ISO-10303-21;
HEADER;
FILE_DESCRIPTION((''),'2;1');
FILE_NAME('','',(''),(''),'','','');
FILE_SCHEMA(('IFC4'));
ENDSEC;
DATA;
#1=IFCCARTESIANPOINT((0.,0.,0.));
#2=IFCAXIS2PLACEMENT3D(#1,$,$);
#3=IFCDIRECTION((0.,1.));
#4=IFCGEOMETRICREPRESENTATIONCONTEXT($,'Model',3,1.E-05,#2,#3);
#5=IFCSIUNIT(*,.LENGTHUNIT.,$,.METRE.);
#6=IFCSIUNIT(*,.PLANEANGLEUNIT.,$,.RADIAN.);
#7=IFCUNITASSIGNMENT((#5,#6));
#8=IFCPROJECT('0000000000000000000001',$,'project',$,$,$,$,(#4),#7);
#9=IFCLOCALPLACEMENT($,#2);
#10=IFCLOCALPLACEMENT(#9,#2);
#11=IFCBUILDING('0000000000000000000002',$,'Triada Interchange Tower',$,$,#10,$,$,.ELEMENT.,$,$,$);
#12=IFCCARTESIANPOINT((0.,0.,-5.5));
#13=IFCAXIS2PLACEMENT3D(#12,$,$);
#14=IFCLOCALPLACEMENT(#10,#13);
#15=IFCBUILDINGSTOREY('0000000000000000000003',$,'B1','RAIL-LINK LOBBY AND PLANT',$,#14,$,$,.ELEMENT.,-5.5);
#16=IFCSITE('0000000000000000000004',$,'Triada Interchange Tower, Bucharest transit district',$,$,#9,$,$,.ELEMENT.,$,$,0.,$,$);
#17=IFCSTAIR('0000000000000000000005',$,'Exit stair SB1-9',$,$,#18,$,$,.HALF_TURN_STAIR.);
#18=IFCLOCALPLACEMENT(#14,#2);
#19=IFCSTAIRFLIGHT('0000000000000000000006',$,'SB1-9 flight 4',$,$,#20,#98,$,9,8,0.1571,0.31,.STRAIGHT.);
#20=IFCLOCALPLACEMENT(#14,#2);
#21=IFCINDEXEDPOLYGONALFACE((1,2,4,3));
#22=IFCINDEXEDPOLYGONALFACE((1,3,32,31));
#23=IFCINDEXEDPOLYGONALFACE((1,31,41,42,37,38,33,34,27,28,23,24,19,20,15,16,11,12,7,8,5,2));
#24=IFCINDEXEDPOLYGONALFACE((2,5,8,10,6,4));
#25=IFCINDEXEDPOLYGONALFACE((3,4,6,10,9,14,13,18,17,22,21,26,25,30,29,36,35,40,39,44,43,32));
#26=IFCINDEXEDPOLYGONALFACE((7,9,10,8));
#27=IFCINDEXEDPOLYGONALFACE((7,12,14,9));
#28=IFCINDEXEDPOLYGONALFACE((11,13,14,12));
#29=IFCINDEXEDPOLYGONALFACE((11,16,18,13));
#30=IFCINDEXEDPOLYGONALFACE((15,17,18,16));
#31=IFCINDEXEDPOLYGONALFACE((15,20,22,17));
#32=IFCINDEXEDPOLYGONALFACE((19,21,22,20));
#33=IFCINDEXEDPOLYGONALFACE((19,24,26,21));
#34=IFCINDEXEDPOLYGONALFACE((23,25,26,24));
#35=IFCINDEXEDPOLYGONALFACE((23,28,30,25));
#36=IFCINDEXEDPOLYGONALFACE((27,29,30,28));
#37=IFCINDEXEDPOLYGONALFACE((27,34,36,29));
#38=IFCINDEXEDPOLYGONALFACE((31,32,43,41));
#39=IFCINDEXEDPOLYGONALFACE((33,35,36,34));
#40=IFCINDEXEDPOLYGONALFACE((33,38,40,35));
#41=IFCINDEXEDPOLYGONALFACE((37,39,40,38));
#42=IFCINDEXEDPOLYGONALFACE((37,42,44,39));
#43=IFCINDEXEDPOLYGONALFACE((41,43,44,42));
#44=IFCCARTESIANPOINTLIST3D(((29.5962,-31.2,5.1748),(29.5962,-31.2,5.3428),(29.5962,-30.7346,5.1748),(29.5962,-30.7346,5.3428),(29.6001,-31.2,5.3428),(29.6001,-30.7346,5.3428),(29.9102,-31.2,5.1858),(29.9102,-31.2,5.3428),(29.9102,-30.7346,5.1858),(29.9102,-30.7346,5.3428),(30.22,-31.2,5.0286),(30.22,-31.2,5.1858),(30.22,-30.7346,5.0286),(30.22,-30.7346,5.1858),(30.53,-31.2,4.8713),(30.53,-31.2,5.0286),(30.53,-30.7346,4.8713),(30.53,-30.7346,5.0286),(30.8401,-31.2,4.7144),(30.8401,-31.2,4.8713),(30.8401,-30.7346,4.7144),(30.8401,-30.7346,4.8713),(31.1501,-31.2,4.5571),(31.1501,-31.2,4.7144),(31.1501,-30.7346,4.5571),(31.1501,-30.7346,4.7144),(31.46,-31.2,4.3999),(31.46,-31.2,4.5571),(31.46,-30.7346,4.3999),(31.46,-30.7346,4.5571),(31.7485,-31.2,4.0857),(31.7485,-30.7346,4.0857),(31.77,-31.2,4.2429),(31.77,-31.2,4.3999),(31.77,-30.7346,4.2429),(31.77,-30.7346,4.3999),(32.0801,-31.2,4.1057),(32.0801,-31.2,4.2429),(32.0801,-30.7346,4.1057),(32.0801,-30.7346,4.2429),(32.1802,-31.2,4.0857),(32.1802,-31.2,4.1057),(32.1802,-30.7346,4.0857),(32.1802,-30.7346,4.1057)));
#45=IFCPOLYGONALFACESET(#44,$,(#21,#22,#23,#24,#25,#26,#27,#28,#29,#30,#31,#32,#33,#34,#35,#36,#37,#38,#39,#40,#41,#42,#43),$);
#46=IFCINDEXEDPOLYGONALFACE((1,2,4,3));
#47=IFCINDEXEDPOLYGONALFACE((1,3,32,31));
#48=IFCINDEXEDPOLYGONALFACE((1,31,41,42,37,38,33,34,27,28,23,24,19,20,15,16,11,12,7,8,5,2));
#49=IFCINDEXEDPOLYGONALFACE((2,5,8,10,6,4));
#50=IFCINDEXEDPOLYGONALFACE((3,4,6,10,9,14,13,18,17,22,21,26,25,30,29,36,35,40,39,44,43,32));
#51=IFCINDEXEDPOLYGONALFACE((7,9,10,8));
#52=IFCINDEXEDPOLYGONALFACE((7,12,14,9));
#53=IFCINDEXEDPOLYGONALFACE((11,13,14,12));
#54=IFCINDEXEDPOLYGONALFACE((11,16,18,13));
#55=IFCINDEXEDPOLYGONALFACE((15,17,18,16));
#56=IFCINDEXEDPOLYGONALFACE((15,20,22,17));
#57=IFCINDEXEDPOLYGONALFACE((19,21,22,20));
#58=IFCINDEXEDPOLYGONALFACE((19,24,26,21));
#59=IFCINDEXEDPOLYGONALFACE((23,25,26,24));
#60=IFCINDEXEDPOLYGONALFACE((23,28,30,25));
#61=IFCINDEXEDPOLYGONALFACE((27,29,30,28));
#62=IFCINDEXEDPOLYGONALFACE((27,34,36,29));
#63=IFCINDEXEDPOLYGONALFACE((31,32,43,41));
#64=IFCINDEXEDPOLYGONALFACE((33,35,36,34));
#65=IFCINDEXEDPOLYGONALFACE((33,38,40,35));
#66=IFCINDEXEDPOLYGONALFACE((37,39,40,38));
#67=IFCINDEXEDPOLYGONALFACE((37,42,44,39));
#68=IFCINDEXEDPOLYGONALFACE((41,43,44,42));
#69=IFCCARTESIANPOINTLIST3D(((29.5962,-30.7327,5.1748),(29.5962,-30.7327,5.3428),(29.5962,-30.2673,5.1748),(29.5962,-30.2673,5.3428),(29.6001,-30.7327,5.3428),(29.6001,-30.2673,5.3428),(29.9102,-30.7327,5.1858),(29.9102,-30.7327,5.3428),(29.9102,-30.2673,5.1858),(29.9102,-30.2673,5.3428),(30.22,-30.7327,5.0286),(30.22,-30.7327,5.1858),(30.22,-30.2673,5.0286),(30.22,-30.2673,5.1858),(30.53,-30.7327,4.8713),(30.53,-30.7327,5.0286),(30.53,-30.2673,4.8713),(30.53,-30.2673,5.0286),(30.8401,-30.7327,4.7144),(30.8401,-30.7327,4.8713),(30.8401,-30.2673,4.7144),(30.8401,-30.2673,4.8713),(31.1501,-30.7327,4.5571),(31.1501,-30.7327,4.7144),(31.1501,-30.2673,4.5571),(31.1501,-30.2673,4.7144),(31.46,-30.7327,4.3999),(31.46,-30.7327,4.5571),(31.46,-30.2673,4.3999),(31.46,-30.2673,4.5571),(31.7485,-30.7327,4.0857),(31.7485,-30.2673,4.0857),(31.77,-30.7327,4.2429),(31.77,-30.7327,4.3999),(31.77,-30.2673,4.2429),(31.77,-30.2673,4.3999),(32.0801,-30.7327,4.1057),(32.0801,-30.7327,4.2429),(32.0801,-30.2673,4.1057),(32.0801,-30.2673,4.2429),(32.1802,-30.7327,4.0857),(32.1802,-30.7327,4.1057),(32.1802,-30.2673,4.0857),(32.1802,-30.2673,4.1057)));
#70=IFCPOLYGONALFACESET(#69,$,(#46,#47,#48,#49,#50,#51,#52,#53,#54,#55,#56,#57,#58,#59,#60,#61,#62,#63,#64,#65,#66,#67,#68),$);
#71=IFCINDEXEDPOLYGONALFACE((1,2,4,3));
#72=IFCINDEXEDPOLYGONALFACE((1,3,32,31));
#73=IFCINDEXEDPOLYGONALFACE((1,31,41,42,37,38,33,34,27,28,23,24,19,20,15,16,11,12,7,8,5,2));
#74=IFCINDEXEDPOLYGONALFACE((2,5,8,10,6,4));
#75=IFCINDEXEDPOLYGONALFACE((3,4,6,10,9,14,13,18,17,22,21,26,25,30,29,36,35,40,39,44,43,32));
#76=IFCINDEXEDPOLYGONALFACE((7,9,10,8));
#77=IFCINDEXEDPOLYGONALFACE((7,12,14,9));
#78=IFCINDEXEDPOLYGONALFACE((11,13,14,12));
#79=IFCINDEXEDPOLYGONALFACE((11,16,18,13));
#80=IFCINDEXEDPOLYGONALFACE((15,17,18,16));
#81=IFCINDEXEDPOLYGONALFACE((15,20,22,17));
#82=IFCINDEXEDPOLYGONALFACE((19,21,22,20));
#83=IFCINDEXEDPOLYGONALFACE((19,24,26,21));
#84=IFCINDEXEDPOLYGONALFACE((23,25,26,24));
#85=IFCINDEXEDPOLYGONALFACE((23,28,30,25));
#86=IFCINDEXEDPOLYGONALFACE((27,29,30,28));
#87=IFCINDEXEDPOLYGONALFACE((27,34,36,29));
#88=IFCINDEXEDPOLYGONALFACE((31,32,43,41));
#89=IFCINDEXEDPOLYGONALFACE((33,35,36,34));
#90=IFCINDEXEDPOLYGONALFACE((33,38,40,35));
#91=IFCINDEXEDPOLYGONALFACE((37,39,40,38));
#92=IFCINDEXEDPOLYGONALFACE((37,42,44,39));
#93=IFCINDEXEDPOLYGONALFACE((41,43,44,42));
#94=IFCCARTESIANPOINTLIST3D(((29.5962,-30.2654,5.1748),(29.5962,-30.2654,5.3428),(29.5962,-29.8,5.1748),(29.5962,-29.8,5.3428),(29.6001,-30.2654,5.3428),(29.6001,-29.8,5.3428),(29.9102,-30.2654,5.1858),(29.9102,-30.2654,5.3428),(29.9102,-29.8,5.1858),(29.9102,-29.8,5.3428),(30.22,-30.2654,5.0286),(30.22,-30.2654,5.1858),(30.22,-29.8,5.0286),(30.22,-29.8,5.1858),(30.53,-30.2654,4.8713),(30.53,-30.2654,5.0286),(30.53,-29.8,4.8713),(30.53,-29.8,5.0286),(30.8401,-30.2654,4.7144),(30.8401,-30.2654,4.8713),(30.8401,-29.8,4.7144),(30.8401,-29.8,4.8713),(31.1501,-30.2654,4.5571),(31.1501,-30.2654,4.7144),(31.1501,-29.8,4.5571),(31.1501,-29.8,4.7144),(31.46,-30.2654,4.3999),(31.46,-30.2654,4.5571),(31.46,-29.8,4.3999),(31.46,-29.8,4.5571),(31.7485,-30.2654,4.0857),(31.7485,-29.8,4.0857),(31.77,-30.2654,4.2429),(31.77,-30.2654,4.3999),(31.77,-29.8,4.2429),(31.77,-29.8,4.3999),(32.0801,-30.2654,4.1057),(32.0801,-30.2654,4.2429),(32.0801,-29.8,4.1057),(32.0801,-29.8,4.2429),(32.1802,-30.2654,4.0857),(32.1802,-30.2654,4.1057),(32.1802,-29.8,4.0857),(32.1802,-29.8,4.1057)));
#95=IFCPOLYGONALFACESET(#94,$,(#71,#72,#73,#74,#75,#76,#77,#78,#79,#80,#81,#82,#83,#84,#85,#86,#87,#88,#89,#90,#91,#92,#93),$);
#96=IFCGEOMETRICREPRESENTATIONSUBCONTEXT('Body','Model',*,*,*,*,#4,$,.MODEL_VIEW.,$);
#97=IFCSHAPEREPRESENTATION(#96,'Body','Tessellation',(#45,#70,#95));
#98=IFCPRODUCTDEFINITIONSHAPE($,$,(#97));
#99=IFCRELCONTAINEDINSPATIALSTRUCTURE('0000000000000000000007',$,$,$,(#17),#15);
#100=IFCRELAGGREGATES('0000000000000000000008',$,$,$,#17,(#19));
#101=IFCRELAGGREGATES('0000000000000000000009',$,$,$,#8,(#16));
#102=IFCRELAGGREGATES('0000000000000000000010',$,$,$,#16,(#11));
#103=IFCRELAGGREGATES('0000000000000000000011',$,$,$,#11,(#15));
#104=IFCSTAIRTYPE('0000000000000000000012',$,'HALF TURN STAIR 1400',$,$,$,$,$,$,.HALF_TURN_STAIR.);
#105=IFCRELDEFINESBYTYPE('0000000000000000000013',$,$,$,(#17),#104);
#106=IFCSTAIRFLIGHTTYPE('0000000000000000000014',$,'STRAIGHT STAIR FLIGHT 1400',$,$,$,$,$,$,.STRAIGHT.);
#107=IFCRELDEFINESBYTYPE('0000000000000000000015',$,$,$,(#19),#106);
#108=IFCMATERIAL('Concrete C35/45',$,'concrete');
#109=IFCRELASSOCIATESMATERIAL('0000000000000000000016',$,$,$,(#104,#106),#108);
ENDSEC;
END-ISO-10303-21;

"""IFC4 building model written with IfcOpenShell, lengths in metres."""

from ifc_helpers import new_model, si_unit, direction, frame, origin, place, context, subcontext, project, spatial, polyline, outline, extrude, material, type_object, element, aggregate, save


model = new_model("IFC4")

# Units and contexts
model_context = context("Model", 3, precision=1e-05, world=origin(), true_north=direction((0.0, 1.0)))
body_context = subcontext(model_context, "Body", "Model", "MODEL_VIEW")
ifc_project = project(units=[si_unit("LENGTHUNIT", "METRE"), si_unit("PLANEANGLEUNIT", "RADIAN")], contexts=[model_context])

# Site, building, storey
site_placement = place(None, origin())
site = spatial("IfcSite", under=ifc_project, at=site_placement, Name="Triada Interchange Tower, Bucharest transit district", CompositionType="ELEMENT", RefElevation=0.0)
building_placement = place(site_placement, origin())
building = spatial("IfcBuilding", under=site, at=building_placement, Name="Triada Interchange Tower", CompositionType="ELEMENT")
storey_placement = place(building_placement, frame((0.0, 0.0, -5.5)))
storey = spatial("IfcBuildingStorey", under=building, at=storey_placement, Name="B1", Description="RAIL-LINK LOBBY AND PLANT", CompositionType="ELEMENT", Elevation=-5.5)

# Shared definitions
ifc_material_1 = material(Name="Concrete C35/45", Category="concrete")

# Stair, stair flight
stair_type = type_object("IfcStairType", Name="HALF TURN STAIR 1400", PredefinedType="HALF_TURN_STAIR", material=ifc_material_1)
stair_placement = place(storey_placement, origin())
stair = element("IfcStair", 1, at=stair_placement, inside=storey, type_object=stair_type, Name="Exit stair SB1-9", PredefinedType="HALF_TURN_STAIR")
stair_flight_type = type_object("IfcStairFlightType", Name="STRAIGHT STAIR FLIGHT 1400", PredefinedType="STRAIGHT", material=ifc_material_1)
stair_flight_1_placement = place(storey_placement, frame((32.0801, -30.5, 4.0857), z_axis=(0.0, 0.0, 1.0), x_axis=(-1.0, 0.0, 0.0)))
stair_flight_1 = element("IfcStairFlight", 2, at=stair_flight_1_placement, type_object=stair_flight_type, Name="SB1-9 flight 4", NumberOfRisers=9, NumberOfTreads=8, PredefinedType="STRAIGHT", RiserHeight=0.1571, TreadLength=0.31, context=body_context, shape_type="SweptSolid", body=[
    extrude(outline(polyline([(-0.1001, 0.0), (-0.1001, 0.02), (0.0, 0.02), (0.0, 0.1572), (0.3101, 0.1572), (0.3101, 0.3142), (0.6201, 0.3142), (0.6201, 0.4714), (0.9299, 0.4714), (0.9299, 0.6287), (1.24, 0.6287), (1.24, 0.7856), (1.55, 0.7856), (1.55, 0.9429), (1.8601, 0.9429), (1.8601, 1.1001), (2.1699, 1.1001), (2.1699, 1.2571), (2.48, 1.2571), (2.4839, 1.2571), (2.4839, 1.4143), (2.4839, 1.0891), (0.3315, 0.0), (-0.1001, 0.0)])), frame((0.0, 0.7, 0.0), z_axis=(0.0, -1.0, 0.0), x_axis=(1.0, 0.0, 0.0)), (0.0, 0.0, 1.0), 0.4653),
    extrude(outline(polyline([(-0.1001, 0.0), (-0.1001, 0.02), (0.0, 0.02), (0.0, 0.1572), (0.3101, 0.1572), (0.3101, 0.3142), (0.6201, 0.3142), (0.6201, 0.4714), (0.9299, 0.4714), (0.9299, 0.6287), (1.24, 0.6287), (1.24, 0.7856), (1.55, 0.7856), (1.55, 0.9429), (1.8601, 0.9429), (1.8601, 1.1001), (2.1699, 1.1001), (2.1699, 1.2571), (2.48, 1.2571), (2.4839, 1.2571), (2.4839, 1.4143), (2.4839, 1.0891), (0.3315, 0.0), (-0.1001, 0.0)])), frame((0.0, 0.2327, 0.0), z_axis=(0.0, -1.0, 0.0), x_axis=(1.0, 0.0, 0.0)), (0.0, 0.0, 1.0), 0.4653),
    extrude(outline(polyline([(-0.1001, 0.0), (-0.1001, 0.02), (0.0, 0.02), (0.0, 0.1572), (0.3101, 0.1572), (0.3101, 0.3142), (0.6201, 0.3142), (0.6201, 0.4714), (0.9299, 0.4714), (0.9299, 0.6287), (1.24, 0.6287), (1.24, 0.7856), (1.55, 0.7856), (1.55, 0.9429), (1.8601, 0.9429), (1.8601, 1.1001), (2.1699, 1.1001), (2.1699, 1.2571), (2.48, 1.2571), (2.4839, 1.2571), (2.4839, 1.4143), (2.4839, 1.0891), (0.3315, 0.0), (-0.1001, 0.0)])), frame((0.0, -0.2346, 0.0), z_axis=(0.0, -1.0, 0.0), x_axis=(1.0, 0.0, 0.0)), (0.0, 0.0, 1.0), 0.4653),
])
aggregate(stair, [stair_flight_1])

save(model, "model.ifc")
